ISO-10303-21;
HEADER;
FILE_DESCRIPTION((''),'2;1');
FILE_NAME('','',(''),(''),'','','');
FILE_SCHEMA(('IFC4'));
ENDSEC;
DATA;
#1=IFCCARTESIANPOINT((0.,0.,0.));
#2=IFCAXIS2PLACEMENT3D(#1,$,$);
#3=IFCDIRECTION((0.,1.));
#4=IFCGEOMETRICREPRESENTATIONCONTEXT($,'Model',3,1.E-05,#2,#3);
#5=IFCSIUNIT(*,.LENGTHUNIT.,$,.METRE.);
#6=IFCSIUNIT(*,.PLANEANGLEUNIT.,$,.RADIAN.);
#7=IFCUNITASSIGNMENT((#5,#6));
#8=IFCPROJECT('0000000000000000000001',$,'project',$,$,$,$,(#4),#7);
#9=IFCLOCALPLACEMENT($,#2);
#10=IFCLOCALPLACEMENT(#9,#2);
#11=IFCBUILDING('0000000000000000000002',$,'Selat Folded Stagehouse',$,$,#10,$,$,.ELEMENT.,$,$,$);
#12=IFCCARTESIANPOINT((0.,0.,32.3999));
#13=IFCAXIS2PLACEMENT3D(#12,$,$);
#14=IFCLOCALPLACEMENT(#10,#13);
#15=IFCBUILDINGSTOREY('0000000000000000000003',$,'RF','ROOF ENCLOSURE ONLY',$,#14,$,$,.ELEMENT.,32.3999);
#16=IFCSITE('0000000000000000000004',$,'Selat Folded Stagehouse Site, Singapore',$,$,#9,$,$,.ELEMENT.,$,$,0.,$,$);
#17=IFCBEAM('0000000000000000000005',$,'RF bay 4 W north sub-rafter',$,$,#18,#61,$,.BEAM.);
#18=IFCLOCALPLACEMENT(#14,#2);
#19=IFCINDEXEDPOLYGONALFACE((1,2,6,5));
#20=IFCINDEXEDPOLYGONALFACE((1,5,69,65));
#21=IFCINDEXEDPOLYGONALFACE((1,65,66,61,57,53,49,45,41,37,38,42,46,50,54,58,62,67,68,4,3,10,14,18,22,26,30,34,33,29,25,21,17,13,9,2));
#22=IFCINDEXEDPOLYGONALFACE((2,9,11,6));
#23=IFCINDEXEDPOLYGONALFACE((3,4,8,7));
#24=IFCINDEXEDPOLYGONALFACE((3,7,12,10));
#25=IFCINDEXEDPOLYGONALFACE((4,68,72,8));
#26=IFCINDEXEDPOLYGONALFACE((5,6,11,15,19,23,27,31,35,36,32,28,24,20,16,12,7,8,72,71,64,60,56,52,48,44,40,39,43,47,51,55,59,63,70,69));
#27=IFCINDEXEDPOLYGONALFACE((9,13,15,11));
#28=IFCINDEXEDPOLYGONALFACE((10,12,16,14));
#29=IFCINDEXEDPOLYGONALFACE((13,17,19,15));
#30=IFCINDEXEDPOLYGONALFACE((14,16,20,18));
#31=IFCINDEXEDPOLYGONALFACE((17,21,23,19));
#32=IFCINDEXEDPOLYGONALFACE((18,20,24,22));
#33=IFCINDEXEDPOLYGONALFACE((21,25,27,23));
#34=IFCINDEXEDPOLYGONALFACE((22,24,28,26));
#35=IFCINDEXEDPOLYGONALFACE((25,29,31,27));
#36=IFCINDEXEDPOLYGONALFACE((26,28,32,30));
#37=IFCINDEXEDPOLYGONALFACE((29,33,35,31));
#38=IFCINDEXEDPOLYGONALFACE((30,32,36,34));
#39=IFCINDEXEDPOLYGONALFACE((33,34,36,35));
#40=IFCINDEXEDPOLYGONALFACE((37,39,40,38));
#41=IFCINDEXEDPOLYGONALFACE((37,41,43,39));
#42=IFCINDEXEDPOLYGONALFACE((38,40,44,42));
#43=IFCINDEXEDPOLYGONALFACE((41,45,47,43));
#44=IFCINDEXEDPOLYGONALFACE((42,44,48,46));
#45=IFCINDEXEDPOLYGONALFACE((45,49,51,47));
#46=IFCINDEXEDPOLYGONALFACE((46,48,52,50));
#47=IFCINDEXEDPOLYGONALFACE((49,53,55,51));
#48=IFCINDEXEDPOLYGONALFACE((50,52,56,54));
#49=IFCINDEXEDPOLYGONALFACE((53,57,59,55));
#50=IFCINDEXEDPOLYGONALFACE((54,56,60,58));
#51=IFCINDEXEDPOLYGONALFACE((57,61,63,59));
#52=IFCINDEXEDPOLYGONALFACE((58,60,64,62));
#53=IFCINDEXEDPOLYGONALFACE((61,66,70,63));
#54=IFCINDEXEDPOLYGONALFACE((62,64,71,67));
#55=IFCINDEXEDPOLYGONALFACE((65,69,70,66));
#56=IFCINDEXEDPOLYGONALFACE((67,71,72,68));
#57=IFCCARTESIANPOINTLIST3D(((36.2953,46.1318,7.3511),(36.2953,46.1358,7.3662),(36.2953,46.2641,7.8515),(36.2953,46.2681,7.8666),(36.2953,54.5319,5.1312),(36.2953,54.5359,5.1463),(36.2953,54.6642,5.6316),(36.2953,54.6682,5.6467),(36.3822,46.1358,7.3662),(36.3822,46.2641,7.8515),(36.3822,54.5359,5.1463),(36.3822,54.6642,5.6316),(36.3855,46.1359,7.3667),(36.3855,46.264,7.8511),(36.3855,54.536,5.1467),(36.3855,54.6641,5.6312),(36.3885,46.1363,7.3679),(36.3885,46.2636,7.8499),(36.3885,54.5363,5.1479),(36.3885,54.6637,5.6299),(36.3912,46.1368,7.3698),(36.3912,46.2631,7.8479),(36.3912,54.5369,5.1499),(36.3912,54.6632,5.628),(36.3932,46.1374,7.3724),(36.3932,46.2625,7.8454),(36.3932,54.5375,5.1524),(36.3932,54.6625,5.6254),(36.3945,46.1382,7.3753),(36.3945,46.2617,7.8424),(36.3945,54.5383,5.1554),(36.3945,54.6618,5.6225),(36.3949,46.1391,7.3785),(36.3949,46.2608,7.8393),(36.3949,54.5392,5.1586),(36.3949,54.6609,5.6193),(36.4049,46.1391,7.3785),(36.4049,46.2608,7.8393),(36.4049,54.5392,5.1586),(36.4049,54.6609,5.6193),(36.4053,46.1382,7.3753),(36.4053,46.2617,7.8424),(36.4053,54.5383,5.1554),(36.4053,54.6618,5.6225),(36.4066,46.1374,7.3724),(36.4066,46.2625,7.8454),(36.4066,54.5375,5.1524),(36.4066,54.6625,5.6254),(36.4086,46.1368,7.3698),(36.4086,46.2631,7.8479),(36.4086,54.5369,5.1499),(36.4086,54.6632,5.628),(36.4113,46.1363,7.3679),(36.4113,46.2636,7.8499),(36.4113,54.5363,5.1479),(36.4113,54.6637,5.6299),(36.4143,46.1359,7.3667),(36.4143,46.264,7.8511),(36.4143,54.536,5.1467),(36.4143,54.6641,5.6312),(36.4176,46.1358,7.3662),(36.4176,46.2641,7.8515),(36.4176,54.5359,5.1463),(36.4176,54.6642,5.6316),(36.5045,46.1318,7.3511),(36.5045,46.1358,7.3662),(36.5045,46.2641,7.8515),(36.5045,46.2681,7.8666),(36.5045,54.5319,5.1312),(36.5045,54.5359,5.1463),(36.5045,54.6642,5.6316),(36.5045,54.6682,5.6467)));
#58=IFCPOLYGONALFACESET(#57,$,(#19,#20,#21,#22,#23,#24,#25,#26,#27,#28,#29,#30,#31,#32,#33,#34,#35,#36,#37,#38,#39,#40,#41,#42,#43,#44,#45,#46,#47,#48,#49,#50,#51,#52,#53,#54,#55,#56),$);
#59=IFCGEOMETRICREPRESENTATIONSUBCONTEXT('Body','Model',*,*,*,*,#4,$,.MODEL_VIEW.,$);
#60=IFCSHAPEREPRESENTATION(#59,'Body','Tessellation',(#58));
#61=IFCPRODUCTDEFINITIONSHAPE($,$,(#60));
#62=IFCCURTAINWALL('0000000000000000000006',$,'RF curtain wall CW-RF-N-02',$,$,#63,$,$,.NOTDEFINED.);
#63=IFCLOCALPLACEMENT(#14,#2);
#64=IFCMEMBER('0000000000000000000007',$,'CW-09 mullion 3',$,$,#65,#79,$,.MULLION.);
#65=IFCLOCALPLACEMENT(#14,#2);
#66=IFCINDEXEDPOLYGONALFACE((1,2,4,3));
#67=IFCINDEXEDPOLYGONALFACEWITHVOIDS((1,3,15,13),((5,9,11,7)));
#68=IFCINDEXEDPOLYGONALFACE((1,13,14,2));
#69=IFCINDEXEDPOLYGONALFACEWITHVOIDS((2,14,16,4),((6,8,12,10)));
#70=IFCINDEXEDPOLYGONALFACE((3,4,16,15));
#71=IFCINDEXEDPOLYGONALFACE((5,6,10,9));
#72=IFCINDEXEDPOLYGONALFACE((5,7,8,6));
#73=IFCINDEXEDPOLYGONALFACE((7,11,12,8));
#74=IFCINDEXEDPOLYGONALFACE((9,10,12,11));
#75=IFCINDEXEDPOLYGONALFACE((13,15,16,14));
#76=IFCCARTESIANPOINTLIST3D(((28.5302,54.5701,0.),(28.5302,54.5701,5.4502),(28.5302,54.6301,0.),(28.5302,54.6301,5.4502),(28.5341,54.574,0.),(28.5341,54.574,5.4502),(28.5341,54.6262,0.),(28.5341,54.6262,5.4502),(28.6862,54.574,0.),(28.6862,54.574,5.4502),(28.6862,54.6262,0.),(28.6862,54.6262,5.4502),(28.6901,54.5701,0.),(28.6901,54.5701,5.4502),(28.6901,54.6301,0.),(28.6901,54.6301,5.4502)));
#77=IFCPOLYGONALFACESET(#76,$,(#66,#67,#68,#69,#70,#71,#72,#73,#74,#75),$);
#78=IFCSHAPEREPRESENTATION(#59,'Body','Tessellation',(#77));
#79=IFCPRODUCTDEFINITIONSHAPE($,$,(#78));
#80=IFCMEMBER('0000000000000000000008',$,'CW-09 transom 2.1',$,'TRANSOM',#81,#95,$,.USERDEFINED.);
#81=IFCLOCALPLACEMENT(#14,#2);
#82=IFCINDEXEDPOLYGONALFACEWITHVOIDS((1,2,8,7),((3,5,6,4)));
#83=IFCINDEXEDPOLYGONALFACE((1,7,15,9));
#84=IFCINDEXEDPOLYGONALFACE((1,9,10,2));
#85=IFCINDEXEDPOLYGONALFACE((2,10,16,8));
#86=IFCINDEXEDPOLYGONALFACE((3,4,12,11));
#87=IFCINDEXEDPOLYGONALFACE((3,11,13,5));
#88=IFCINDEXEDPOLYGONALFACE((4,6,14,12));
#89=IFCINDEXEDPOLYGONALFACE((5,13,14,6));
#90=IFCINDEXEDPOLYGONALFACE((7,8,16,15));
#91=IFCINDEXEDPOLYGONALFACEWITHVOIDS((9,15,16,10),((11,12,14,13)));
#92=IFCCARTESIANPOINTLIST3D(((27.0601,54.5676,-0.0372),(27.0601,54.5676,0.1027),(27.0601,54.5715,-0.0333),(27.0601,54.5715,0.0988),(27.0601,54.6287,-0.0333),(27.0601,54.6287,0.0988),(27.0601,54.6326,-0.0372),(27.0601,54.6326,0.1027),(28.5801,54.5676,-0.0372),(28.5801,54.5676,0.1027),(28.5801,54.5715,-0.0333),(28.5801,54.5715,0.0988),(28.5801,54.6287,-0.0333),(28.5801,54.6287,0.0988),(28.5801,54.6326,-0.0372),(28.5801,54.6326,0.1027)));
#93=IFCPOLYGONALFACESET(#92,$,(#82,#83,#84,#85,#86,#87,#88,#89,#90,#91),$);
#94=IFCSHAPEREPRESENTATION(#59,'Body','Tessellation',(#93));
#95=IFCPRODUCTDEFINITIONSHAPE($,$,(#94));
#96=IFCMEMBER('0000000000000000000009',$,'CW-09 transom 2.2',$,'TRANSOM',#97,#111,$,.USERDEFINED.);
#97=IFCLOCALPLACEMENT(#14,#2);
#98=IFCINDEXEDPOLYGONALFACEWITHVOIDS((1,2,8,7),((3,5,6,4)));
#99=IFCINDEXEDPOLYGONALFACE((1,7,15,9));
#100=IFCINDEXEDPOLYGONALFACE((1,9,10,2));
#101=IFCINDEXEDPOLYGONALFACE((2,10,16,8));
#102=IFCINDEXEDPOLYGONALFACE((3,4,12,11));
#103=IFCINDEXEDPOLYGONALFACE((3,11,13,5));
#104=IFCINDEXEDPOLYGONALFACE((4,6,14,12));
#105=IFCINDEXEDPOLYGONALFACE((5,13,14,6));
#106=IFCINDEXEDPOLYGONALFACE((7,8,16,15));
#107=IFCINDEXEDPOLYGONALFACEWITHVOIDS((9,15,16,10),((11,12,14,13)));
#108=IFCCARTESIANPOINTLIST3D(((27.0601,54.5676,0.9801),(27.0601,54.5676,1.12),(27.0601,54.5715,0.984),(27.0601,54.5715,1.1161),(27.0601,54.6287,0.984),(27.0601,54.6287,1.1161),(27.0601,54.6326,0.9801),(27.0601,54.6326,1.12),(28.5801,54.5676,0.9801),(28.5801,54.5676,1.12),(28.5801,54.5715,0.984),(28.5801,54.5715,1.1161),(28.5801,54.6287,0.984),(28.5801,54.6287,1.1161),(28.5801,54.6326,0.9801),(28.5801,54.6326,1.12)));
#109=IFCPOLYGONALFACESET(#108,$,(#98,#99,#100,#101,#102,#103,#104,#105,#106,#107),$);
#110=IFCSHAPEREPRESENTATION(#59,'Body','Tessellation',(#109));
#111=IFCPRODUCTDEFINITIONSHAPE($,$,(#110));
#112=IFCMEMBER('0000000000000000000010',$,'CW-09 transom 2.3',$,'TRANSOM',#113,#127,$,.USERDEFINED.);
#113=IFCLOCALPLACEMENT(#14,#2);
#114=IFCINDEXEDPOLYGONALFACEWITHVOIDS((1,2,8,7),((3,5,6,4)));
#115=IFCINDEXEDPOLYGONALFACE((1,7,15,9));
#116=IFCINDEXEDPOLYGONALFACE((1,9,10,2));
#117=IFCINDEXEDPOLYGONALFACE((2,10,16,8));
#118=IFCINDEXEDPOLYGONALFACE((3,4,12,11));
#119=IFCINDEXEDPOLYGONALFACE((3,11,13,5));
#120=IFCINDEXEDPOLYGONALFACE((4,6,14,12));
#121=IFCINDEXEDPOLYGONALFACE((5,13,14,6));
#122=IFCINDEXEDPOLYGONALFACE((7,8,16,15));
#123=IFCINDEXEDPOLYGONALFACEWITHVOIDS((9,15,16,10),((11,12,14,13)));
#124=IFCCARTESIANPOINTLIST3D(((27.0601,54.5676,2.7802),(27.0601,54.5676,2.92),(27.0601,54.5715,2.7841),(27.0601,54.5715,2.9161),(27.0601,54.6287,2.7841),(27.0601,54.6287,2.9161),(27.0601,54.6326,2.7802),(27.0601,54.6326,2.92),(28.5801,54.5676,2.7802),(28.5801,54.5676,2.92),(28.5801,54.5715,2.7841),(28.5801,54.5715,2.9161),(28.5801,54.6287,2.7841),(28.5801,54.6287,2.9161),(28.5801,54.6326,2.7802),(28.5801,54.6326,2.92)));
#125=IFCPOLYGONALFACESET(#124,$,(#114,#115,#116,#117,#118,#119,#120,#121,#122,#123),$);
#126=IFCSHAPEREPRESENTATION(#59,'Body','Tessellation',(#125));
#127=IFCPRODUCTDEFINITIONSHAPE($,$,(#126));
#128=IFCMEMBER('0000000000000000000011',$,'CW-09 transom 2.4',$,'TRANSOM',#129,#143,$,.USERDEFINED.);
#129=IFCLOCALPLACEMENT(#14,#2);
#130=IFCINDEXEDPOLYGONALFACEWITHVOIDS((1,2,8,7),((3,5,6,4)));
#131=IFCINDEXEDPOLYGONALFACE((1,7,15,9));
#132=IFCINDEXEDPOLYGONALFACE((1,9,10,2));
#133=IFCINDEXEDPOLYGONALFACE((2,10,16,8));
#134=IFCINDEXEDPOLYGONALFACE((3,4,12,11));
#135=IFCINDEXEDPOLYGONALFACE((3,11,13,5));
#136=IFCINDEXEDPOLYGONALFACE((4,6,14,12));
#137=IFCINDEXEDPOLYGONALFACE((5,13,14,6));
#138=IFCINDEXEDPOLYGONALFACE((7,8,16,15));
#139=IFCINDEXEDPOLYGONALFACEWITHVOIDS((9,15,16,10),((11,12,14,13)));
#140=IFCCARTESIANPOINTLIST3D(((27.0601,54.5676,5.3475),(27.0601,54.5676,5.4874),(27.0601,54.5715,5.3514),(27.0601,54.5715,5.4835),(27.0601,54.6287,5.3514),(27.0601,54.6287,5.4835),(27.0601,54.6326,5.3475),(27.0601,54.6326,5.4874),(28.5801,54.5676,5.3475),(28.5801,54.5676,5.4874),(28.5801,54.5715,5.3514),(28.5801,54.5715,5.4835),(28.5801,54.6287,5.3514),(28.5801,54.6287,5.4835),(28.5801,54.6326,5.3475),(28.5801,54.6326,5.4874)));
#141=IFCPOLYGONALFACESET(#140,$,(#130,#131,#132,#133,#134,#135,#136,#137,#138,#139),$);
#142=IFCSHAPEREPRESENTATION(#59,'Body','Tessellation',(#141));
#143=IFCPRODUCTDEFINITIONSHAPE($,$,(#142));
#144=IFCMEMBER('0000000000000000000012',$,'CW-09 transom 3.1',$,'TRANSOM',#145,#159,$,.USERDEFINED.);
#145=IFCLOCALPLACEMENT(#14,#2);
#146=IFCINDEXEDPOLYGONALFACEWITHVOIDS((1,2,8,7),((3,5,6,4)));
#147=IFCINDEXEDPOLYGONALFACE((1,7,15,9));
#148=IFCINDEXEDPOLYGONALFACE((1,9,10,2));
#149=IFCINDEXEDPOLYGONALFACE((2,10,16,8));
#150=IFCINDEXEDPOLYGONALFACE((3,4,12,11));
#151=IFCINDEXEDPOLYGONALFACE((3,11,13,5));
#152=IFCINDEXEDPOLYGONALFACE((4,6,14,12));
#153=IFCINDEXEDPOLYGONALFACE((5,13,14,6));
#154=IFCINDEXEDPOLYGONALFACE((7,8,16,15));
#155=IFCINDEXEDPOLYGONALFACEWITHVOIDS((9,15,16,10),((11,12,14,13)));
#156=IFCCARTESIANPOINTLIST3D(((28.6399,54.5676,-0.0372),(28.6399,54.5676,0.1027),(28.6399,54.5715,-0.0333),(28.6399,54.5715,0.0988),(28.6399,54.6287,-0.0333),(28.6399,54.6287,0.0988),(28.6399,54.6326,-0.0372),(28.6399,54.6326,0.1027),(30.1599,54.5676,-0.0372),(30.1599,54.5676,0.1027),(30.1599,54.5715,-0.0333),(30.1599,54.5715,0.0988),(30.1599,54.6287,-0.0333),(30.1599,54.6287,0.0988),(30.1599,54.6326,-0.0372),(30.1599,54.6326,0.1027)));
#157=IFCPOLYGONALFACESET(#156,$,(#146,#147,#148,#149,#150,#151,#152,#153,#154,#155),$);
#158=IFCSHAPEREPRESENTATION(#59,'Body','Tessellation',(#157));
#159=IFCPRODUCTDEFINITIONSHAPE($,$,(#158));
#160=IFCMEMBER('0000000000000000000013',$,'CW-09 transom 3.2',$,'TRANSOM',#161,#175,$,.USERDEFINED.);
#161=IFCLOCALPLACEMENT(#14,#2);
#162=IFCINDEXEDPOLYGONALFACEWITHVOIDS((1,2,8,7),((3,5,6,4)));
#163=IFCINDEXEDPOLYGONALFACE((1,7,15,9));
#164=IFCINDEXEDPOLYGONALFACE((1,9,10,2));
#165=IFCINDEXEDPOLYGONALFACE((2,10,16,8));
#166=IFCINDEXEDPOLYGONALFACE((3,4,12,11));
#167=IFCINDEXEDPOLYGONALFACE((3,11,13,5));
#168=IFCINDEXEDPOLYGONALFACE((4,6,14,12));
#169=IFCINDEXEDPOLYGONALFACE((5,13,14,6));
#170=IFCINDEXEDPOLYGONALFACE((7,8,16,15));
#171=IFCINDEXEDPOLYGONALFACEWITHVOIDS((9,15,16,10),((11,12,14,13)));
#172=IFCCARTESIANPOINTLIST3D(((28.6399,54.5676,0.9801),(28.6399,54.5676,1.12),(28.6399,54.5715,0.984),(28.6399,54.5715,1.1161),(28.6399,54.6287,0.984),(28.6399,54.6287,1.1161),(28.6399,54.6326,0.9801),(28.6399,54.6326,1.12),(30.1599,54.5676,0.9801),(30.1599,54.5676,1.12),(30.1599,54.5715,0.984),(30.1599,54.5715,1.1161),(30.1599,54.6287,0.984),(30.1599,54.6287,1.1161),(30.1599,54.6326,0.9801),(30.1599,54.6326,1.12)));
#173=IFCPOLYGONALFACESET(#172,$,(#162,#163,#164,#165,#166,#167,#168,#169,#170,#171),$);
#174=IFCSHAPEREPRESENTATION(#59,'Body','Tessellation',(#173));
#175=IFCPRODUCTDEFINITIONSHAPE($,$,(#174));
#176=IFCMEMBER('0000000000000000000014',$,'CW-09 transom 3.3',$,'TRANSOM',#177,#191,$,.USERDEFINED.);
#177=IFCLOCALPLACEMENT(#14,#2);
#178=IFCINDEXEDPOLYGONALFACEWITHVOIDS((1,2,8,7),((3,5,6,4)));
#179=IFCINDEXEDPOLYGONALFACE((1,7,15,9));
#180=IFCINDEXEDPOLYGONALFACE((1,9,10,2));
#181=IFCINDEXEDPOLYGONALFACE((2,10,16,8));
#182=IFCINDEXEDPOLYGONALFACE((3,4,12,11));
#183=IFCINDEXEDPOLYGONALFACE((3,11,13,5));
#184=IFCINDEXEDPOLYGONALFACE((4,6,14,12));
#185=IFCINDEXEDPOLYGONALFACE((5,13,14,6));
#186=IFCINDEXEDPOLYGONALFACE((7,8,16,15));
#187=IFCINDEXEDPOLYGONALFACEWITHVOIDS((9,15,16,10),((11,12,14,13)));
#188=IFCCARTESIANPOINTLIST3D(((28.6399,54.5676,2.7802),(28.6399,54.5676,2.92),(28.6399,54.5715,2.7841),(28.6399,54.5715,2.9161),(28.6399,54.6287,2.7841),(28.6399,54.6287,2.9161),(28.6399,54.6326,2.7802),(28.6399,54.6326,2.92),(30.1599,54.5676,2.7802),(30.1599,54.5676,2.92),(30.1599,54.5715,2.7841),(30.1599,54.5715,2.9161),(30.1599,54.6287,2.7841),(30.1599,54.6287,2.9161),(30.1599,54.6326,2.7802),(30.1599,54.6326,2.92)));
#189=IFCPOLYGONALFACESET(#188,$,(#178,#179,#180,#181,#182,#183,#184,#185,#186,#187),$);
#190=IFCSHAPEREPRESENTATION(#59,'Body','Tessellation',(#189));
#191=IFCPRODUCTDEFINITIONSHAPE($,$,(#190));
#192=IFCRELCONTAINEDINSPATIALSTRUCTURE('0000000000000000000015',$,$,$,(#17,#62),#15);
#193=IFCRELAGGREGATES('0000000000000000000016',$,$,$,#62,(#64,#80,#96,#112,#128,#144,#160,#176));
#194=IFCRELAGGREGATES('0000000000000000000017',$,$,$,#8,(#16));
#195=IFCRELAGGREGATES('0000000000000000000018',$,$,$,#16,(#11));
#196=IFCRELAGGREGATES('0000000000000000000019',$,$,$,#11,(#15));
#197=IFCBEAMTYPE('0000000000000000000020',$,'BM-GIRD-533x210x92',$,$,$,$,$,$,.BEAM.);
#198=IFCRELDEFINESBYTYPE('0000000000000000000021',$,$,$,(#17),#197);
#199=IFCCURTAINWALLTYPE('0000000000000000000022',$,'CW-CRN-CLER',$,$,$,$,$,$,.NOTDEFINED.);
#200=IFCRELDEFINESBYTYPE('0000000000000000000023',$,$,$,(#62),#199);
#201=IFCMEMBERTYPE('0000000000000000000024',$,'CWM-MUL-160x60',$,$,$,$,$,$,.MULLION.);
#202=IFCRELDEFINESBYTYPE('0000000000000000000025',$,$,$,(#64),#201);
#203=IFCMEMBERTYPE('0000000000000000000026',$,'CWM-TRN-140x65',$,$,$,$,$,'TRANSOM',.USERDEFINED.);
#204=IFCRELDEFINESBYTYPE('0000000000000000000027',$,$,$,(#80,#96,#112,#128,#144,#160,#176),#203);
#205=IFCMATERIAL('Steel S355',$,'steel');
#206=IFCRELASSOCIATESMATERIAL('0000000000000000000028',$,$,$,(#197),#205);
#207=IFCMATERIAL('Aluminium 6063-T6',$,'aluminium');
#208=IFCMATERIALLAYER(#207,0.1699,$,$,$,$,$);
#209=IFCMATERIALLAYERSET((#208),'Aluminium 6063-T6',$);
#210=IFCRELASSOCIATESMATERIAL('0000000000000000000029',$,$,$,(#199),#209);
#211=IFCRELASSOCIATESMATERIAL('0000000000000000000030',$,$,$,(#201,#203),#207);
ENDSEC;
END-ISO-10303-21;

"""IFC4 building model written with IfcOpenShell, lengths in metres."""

from ifc_helpers import new_model, si_unit, direction, frame, origin, origin_2d, place, context, subcontext, project, spatial, hollow_rectangle, i_section, extrude, material, layer, layer_set, material_profile, profile_set, type_object, element, aggregate, save


model = new_model("IFC4")

# Units and contexts
model_context = context("Model", 3, precision=1e-05, world=origin(), true_north=direction((0.0, 1.0)))
body_context = subcontext(model_context, "Body", "Model", "MODEL_VIEW")
ifc_project = project(units=[si_unit("LENGTHUNIT", "METRE"), si_unit("PLANEANGLEUNIT", "RADIAN")], contexts=[model_context])

# Site, building, storey
site_placement = place(None, origin())
site = spatial("IfcSite", under=ifc_project, at=site_placement, Name="Selat Folded Stagehouse Site, Singapore", CompositionType="ELEMENT", RefElevation=0.0)
building_placement = place(site_placement, origin())
building = spatial("IfcBuilding", under=site, at=building_placement, Name="Selat Folded Stagehouse", CompositionType="ELEMENT")
storey_placement = place(building_placement, frame((0.0, 0.0, 32.3999)))
storey = spatial("IfcBuildingStorey", under=building, at=storey_placement, Name="RF", Description="ROOF ENCLOSURE ONLY", CompositionType="ELEMENT", Elevation=32.3999)

# Beam
ifc_material_1 = material(Name="Steel S355", Category="steel")
ifc_material_profile_1 = material_profile(ifc_material_1, i_section(OverallWidth=0.2092, OverallDepth=0.5332, WebThickness=0.01, FlangeThickness=0.0156, FilletRadius=0.0127, at=origin_2d()), Name="UKB 533x210x92")
ifc_profile_set_1 = profile_set([ifc_material_profile_1], Name="Steel S355")
beam_type_1 = type_object("IfcBeamType", Name="BM-GIRD-533x210x92", PredefinedType="BEAM", material=ifc_profile_set_1)
beam_1_placement = place(storey_placement, frame((36.3999, 46.2, 7.6089), z_axis=(0.0, 0.966808, -0.255506), x_axis=(-1.0, 0.0, 0.0)))
element("IfcBeam", 1, at=beam_1_placement, inside=storey, type_object=beam_type_1, Name="RF bay 4 W north sub-rafter", PredefinedType="BEAM", context=body_context, shape_type="SweptSolid", body=[
    extrude(i_section(OverallWidth=0.2092, OverallDepth=0.5332, WebThickness=0.01, FlangeThickness=0.0156, FilletRadius=0.0127, at=origin_2d()), origin(), (0.0, 0.0, 1.0), 8.6885),
])

# Curtain wall, members
ifc_material_2 = material(Name="Aluminium 6063-T6", Category="aluminium")
ifc_layer_1 = layer(ifc_material_2, 0.1699)
ifc_layer_set_1 = layer_set([ifc_layer_1], Name="Aluminium 6063-T6")
curtain_wall_type = type_object("IfcCurtainWallType", Name="CW-CRN-CLER", PredefinedType="NOTDEFINED", material=ifc_layer_set_1)
curtain_wall_placement = place(storey_placement, origin())
curtain_wall = element("IfcCurtainWall", 2, at=curtain_wall_placement, inside=storey, type_object=curtain_wall_type, Name="RF curtain wall CW-RF-N-02", PredefinedType="NOTDEFINED")
ifc_material_profile_2 = material_profile(ifc_material_2, hollow_rectangle(XDim=0.0601, YDim=0.1599, WallThickness=0.0039, at=origin_2d()), Name="ALU 160x60x4.0")
ifc_profile_set_2 = profile_set([ifc_material_profile_2], Name="Aluminium 6063-T6")
member_type_1 = type_object("IfcMemberType", Name="CWM-MUL-160x60", PredefinedType="MULLION", material=ifc_profile_set_2)
member_1_placement = place(storey_placement, frame((28.6101, 54.6001, 0.0), z_axis=(0.0, 0.0, 1.0), x_axis=(0.0, 1.0, 0.0)))
member_1 = element("IfcMember", 3, at=member_1_placement, type_object=member_type_1, Name="CW-09 mullion 3", PredefinedType="MULLION", context=body_context, shape_type="SweptSolid", body=[
    extrude(hollow_rectangle(XDim=0.0601, YDim=0.1599, WallThickness=0.0039, at=origin_2d()), origin(), (0.0, 0.0, 1.0), 5.4502),
])
ifc_material_profile_3 = material_profile(ifc_material_2, hollow_rectangle(XDim=0.0649, YDim=0.1399, WallThickness=0.0039, at=origin_2d()), Name="ALU 140x65x4.0")
ifc_profile_set_3 = profile_set([ifc_material_profile_3], Name="Aluminium 6063-T6")
member_type_2 = type_object("IfcMemberType", Name="CWM-TRN-140x65", ElementType="TRANSOM", PredefinedType="USERDEFINED", material=ifc_profile_set_3)
member_2_placement = place(storey_placement, frame((27.0601, 54.6001, 0.0327), z_axis=(1.0, 0.0, 0.0), x_axis=(0.0, 1.0, 0.0)))
member_2 = element("IfcMember", 4, at=member_2_placement, type_object=member_type_2, Name="CW-09 transom 2.1", ObjectType="TRANSOM", PredefinedType="USERDEFINED", context=body_context, shape_type="SweptSolid", body=[
    extrude(hollow_rectangle(XDim=0.0649, YDim=0.1399, WallThickness=0.0039, at=origin_2d()), origin(), (0.0, 0.0, 1.0), 1.52),
])
member_3_placement = place(storey_placement, frame((27.0601, 54.6001, 1.05), z_axis=(1.0, 0.0, 0.0), x_axis=(0.0, 1.0, 0.0)))
member_3 = element("IfcMember", 5, at=member_3_placement, type_object=member_type_2, Name="CW-09 transom 2.2", ObjectType="TRANSOM", PredefinedType="USERDEFINED", context=body_context, shape_type="SweptSolid", body=[
    extrude(hollow_rectangle(XDim=0.0649, YDim=0.1399, WallThickness=0.0039, at=origin_2d()), origin(), (0.0, 0.0, 1.0), 1.52),
])
member_4_placement = place(storey_placement, frame((27.0601, 54.6001, 2.8501), z_axis=(1.0, 0.0, 0.0), x_axis=(0.0, 1.0, 0.0)))
member_4 = element("IfcMember", 6, at=member_4_placement, type_object=member_type_2, Name="CW-09 transom 2.3", ObjectType="TRANSOM", PredefinedType="USERDEFINED", context=body_context, shape_type="SweptSolid", body=[
    extrude(hollow_rectangle(XDim=0.0649, YDim=0.1399, WallThickness=0.0039, at=origin_2d()), origin(), (0.0, 0.0, 1.0), 1.52),
])
member_5_placement = place(storey_placement, frame((27.0601, 54.6001, 5.4175), z_axis=(1.0, 0.0, 0.0), x_axis=(0.0, 1.0, 0.0)))
member_5 = element("IfcMember", 7, at=member_5_placement, type_object=member_type_2, Name="CW-09 transom 2.4", ObjectType="TRANSOM", PredefinedType="USERDEFINED", context=body_context, shape_type="SweptSolid", body=[
    extrude(hollow_rectangle(XDim=0.0649, YDim=0.1399, WallThickness=0.0039, at=origin_2d()), origin(), (0.0, 0.0, 1.0), 1.52),
])
member_6_placement = place(storey_placement, frame((28.6399, 54.6001, 0.0327), z_axis=(1.0, 0.0, 0.0), x_axis=(0.0, 1.0, 0.0)))
member_6 = element("IfcMember", 8, at=member_6_placement, type_object=member_type_2, Name="CW-09 transom 3.1", ObjectType="TRANSOM", PredefinedType="USERDEFINED", context=body_context, shape_type="SweptSolid", body=[
    extrude(hollow_rectangle(XDim=0.0649, YDim=0.1399, WallThickness=0.0039, at=origin_2d()), origin(), (0.0, 0.0, 1.0), 1.52),
])
member_7_placement = place(storey_placement, frame((28.6399, 54.6001, 1.05), z_axis=(1.0, 0.0, 0.0), x_axis=(0.0, 1.0, 0.0)))
member_7 = element("IfcMember", 9, at=member_7_placement, type_object=member_type_2, Name="CW-09 transom 3.2", ObjectType="TRANSOM", PredefinedType="USERDEFINED", context=body_context, shape_type="SweptSolid", body=[
    extrude(hollow_rectangle(XDim=0.0649, YDim=0.1399, WallThickness=0.0039, at=origin_2d()), origin(), (0.0, 0.0, 1.0), 1.52),
])
member_8_placement = place(storey_placement, frame((28.6399, 54.6001, 2.8501), z_axis=(1.0, 0.0, 0.0), x_axis=(0.0, 1.0, 0.0)))
member_8 = element("IfcMember", 10, at=member_8_placement, type_object=member_type_2, Name="CW-09 transom 3.3", ObjectType="TRANSOM", PredefinedType="USERDEFINED", context=body_context, shape_type="SweptSolid", body=[
    extrude(hollow_rectangle(XDim=0.0649, YDim=0.1399, WallThickness=0.0039, at=origin_2d()), origin(), (0.0, 0.0, 1.0), 1.52),
])

aggregate(curtain_wall, [member_1, member_2, member_3, member_4, member_5, member_6, member_7, member_8])

save(model, "model.ifc")
